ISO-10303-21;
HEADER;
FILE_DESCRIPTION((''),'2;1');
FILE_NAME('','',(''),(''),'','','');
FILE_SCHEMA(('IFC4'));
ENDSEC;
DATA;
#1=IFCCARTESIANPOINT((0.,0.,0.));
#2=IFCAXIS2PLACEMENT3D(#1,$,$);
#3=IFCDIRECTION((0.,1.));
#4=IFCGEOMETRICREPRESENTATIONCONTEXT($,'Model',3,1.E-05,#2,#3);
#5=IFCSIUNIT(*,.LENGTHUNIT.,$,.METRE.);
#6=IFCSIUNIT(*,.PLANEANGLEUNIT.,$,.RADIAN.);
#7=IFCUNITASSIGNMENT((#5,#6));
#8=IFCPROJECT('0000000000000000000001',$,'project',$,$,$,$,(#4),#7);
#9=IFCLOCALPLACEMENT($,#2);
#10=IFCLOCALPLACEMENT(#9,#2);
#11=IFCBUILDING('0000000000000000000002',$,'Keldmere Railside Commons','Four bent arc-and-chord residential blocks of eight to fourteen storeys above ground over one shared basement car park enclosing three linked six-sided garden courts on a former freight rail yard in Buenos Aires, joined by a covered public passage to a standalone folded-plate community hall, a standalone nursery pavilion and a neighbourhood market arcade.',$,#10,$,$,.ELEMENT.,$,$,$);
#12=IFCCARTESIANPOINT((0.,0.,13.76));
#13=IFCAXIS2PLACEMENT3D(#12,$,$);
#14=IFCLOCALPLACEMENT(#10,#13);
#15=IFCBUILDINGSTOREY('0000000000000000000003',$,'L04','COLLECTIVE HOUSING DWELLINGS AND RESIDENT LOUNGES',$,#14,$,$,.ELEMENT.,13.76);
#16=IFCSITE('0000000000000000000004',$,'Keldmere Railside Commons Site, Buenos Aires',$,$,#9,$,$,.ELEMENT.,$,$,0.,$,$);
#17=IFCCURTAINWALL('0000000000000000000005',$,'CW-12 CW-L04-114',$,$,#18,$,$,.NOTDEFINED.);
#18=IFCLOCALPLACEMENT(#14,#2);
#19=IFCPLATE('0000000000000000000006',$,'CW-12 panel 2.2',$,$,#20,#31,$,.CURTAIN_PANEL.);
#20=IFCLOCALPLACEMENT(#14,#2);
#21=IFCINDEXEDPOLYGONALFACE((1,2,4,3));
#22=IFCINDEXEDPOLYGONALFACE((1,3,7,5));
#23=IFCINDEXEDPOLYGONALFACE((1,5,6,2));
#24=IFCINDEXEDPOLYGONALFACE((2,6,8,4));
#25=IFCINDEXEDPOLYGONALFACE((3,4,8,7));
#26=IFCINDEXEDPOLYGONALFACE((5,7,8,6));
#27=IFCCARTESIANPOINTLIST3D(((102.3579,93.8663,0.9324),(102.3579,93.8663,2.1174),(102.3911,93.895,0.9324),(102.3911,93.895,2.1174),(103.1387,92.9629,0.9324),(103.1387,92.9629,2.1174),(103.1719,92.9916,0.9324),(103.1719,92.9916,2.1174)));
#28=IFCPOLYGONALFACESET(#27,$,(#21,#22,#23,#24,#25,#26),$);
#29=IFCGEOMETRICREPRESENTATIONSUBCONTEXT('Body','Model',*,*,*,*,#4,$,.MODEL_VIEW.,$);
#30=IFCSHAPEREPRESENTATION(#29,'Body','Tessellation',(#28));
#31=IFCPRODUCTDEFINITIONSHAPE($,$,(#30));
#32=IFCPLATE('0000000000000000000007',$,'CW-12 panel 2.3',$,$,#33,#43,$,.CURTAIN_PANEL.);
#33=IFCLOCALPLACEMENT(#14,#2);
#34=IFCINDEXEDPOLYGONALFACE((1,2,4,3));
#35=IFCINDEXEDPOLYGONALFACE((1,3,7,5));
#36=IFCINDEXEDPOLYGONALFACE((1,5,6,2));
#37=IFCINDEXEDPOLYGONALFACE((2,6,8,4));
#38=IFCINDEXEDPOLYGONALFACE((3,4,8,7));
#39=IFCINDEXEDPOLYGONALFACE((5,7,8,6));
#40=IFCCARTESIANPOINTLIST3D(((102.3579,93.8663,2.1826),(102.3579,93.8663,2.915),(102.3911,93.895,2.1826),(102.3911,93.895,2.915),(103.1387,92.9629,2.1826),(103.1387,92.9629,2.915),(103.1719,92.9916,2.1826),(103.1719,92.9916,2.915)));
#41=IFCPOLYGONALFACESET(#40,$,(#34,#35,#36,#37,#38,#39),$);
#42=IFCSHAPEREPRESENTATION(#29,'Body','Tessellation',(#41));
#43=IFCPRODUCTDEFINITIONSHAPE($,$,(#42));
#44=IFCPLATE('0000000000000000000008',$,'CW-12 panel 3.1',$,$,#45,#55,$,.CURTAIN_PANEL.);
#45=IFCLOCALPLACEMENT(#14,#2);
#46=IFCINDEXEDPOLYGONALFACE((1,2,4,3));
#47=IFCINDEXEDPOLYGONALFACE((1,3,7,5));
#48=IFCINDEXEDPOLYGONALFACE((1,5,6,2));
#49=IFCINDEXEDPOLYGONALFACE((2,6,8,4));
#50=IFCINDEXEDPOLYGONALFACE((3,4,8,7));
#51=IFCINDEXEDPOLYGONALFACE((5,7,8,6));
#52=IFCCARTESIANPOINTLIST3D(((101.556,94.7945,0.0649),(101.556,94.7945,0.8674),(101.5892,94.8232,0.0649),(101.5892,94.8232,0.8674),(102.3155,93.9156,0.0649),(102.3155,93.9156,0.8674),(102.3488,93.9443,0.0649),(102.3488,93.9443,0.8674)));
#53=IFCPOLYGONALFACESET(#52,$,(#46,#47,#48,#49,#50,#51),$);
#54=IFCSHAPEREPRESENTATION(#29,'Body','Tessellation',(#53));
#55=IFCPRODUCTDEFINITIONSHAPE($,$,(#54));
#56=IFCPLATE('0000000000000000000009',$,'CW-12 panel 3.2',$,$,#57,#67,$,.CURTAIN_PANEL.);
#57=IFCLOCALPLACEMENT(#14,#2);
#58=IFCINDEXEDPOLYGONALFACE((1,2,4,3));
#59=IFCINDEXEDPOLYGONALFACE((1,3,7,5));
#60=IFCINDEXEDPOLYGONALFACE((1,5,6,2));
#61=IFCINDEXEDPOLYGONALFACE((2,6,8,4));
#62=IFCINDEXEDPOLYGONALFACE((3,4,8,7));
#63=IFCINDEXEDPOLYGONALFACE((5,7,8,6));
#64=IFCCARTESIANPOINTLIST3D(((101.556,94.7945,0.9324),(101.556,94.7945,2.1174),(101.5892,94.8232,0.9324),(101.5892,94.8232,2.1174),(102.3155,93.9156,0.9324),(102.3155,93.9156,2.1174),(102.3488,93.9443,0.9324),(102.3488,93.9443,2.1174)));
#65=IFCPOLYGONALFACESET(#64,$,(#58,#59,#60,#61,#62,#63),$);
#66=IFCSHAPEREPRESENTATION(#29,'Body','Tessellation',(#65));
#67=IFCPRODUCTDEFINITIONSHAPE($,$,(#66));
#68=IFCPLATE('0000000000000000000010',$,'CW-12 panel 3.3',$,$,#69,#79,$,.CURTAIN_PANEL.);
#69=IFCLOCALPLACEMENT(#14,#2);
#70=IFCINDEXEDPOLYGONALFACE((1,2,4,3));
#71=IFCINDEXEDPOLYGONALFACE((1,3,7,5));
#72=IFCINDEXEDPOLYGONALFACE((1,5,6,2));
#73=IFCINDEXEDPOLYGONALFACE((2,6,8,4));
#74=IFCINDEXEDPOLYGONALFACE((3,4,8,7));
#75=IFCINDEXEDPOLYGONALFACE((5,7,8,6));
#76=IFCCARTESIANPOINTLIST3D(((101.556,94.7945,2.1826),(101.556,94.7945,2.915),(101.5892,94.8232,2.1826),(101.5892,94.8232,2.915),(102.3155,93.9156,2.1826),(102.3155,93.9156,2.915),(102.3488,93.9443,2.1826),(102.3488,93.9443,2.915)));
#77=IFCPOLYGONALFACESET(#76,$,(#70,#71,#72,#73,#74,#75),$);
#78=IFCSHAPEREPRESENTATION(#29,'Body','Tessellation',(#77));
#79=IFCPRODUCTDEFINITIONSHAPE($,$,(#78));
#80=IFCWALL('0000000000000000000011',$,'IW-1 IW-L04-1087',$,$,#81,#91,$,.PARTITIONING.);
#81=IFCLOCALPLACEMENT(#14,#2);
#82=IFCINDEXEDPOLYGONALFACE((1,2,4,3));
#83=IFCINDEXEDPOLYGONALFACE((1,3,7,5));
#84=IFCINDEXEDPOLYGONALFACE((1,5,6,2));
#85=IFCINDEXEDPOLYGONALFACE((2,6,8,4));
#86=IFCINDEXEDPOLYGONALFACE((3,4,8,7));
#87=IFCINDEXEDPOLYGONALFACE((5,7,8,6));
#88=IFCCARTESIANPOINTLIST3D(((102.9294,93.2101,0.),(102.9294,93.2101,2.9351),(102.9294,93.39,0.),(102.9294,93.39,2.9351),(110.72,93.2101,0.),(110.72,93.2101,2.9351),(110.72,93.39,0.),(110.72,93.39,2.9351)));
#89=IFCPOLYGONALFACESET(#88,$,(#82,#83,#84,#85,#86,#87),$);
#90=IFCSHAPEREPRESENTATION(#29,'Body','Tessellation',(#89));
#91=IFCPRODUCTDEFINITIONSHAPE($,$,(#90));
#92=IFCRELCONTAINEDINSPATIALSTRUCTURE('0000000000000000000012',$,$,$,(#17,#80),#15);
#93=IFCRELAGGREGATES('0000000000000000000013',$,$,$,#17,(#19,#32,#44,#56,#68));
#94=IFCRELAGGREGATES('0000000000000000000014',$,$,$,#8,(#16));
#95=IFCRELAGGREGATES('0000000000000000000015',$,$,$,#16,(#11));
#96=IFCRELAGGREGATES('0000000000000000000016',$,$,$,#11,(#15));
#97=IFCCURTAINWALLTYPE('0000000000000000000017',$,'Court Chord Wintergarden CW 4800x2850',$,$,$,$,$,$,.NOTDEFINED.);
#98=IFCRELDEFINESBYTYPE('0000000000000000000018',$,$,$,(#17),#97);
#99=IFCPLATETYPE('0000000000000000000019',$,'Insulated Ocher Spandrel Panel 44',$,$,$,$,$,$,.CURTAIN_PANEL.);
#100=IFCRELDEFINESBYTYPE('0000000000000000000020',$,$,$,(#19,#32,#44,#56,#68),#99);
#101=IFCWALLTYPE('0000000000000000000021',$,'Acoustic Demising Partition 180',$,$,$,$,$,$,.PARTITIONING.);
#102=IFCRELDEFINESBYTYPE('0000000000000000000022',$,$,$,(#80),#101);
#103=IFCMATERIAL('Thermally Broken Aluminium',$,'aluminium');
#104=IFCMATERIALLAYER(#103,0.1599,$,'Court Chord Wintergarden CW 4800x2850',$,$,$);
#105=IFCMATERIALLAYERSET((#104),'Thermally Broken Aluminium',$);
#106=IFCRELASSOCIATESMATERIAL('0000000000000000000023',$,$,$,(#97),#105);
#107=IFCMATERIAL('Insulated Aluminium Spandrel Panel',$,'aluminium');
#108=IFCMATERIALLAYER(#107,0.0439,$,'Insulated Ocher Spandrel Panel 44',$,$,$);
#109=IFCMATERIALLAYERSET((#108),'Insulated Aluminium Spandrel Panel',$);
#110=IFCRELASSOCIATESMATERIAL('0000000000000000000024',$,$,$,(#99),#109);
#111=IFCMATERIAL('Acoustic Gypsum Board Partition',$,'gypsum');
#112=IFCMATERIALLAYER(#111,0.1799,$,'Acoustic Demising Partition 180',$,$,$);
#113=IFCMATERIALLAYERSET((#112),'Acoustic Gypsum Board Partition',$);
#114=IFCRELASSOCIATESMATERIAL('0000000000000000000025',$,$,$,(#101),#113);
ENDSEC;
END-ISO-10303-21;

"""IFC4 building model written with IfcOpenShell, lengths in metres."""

from ifc_helpers import new_model, si_unit, direction, frame, frame_2d, origin, origin_2d, place, context, subcontext, project, spatial, rectangle, extrude, material, layer, layer_set, type_object, element, aggregate, save


model = new_model("IFC4")

# Units and contexts
model_context = context("Model", 3, precision=1e-05, world=origin(), true_north=direction((0.0, 1.0)))
body_context = subcontext(model_context, "Body", "Model", "MODEL_VIEW")
ifc_project = project(units=[si_unit("LENGTHUNIT", "METRE"), si_unit("PLANEANGLEUNIT", "RADIAN")], contexts=[model_context])

# Site, building, storey
site_placement = place(None, origin())
site = spatial("IfcSite", under=ifc_project, at=site_placement, Name="Keldmere Railside Commons Site, Buenos Aires", CompositionType="ELEMENT", RefElevation=0.0)
building_placement = place(site_placement, origin())
building = spatial("IfcBuilding", under=site, at=building_placement, Name="Keldmere Railside Commons", Description="Four bent arc-and-chord residential blocks of eight to fourteen storeys above ground over one shared basement car park enclosing three linked six-sided garden courts on a former freight rail yard in Buenos Aires, joined by a covered public passage to a standalone folded-plate community hall, a standalone nursery pavilion and a neighbourhood market arcade.", CompositionType="ELEMENT")
storey_placement = place(building_placement, frame((0.0, 0.0, 13.76)))
storey = spatial("IfcBuildingStorey", under=building, at=storey_placement, Name="L04", Description="COLLECTIVE HOUSING DWELLINGS AND RESIDENT LOUNGES", CompositionType="ELEMENT", Elevation=13.76)

# Shared definitions
ifc_material_1 = material(Name="Thermally Broken Aluminium", Category="aluminium")

# Curtain wall
ifc_layer_1 = layer(ifc_material_1, 0.1599, Name="Court Chord Wintergarden CW 4800x2850")
ifc_layer_set_1 = layer_set([ifc_layer_1], Name="Thermally Broken Aluminium")
curtain_wall_type_1 = type_object("IfcCurtainWallType", Name="Court Chord Wintergarden CW 4800x2850", PredefinedType="NOTDEFINED", material=ifc_layer_set_1)
curtain_wall_1_placement = place(storey_placement, origin())
curtain_wall_1 = element("IfcCurtainWall", 1, at=curtain_wall_1_placement, inside=storey, type_object=curtain_wall_type_1, Name="CW-12 CW-L04-114", PredefinedType="NOTDEFINED")

# Plates
ifc_material_2 = material(Name="Insulated Aluminium Spandrel Panel", Category="aluminium")
ifc_layer_2 = layer(ifc_material_2, 0.0439, Name="Insulated Ocher Spandrel Panel 44")
ifc_layer_set_2 = layer_set([ifc_layer_2], Name="Insulated Aluminium Spandrel Panel")
plate_type = type_object("IfcPlateType", Name="Insulated Ocher Spandrel Panel 44", PredefinedType="CURTAIN_PANEL", material=ifc_layer_set_2)
plate_1_placement = place(storey_placement, frame((102.7649, 93.429, 0.9324), z_axis=(0.0, 0.0, 1.0), x_axis=(-0.653882, 0.756597, 0.0)))
plate_1 = element("IfcPlate", 2, at=plate_1_placement, type_object=plate_type, Name="CW-12 panel 2.2", PredefinedType="CURTAIN_PANEL", context=body_context, shape_type="SweptSolid", body=[
    extrude(rectangle(XDim=1.1941, YDim=0.0439, at=origin_2d()), origin(), (0.0, 0.0, 1.0), 1.1851),
])
plate_2_placement = place(storey_placement, frame((102.7649, 93.429, 2.1826), z_axis=(0.0, 0.0, 1.0), x_axis=(-0.653882, 0.756597, 0.0)))
plate_2 = element("IfcPlate", 3, at=plate_2_placement, type_object=plate_type, Name="CW-12 panel 2.3", PredefinedType="CURTAIN_PANEL", context=body_context, shape_type="SweptSolid", body=[
    extrude(rectangle(XDim=1.1941, YDim=0.0439, at=origin_2d()), origin(), (0.0, 0.0, 1.0), 0.7324),
])
plate_3_placement = place(storey_placement, frame((101.9524, 94.3694, 0.0649), z_axis=(0.0, 0.0, 1.0), x_axis=(-0.653882, 0.756597, 0.0)))
plate_3 = element("IfcPlate", 4, at=plate_3_placement, type_object=plate_type, Name="CW-12 panel 3.1", PredefinedType="CURTAIN_PANEL", context=body_context, shape_type="SweptSolid", body=[
    extrude(rectangle(XDim=1.1616, YDim=0.0439, at=origin_2d()), origin(), (0.0, 0.0, 1.0), 0.8025),
])
plate_4_placement = place(storey_placement, frame((101.9524, 94.3694, 0.9324), z_axis=(0.0, 0.0, 1.0), x_axis=(-0.653882, 0.756597, 0.0)))
plate_4 = element("IfcPlate", 5, at=plate_4_placement, type_object=plate_type, Name="CW-12 panel 3.2", PredefinedType="CURTAIN_PANEL", context=body_context, shape_type="SweptSolid", body=[
    extrude(rectangle(XDim=1.1616, YDim=0.0439, at=origin_2d()), origin(), (0.0, 0.0, 1.0), 1.1851),
])
plate_5_placement = place(storey_placement, frame((101.9524, 94.3694, 2.1826), z_axis=(0.0, 0.0, 1.0), x_axis=(-0.653882, 0.756597, 0.0)))
plate_5 = element("IfcPlate", 6, at=plate_5_placement, type_object=plate_type, Name="CW-12 panel 3.3", PredefinedType="CURTAIN_PANEL", context=body_context, shape_type="SweptSolid", body=[
    extrude(rectangle(XDim=1.1616, YDim=0.0439, at=origin_2d()), origin(), (0.0, 0.0, 1.0), 0.7324),
])
aggregate(curtain_wall_1, [plate_1, plate_2, plate_3, plate_4, plate_5])

# Wall
ifc_material_3 = material(Name="Acoustic Gypsum Board Partition", Category="gypsum")
ifc_layer_3 = layer(ifc_material_3, 0.1799, Name="Acoustic Demising Partition 180")
ifc_layer_set_3 = layer_set([ifc_layer_3], Name="Acoustic Gypsum Board Partition")
wall_type = type_object("IfcWallType", Name="Acoustic Demising Partition 180", PredefinedType="PARTITIONING", material=ifc_layer_set_3)
wall_placement = place(storey_placement, frame((102.9294, 93.3, 0.0), z_axis=(0.0, 0.0, 1.0), x_axis=(1.0, 0.0, 0.0)))
element("IfcWall", 7, at=wall_placement, inside=storey, type_object=wall_type, Name="IW-1 IW-L04-1087", PredefinedType="PARTITIONING", context=body_context, shape_type="SweptSolid", body=[
    extrude(rectangle(XDim=7.7905, YDim=0.1799, at=frame_2d((3.8953, 0.0))), origin(), (0.0, 0.0, 1.0), 2.9351),
])

save(model, "model.ifc")
